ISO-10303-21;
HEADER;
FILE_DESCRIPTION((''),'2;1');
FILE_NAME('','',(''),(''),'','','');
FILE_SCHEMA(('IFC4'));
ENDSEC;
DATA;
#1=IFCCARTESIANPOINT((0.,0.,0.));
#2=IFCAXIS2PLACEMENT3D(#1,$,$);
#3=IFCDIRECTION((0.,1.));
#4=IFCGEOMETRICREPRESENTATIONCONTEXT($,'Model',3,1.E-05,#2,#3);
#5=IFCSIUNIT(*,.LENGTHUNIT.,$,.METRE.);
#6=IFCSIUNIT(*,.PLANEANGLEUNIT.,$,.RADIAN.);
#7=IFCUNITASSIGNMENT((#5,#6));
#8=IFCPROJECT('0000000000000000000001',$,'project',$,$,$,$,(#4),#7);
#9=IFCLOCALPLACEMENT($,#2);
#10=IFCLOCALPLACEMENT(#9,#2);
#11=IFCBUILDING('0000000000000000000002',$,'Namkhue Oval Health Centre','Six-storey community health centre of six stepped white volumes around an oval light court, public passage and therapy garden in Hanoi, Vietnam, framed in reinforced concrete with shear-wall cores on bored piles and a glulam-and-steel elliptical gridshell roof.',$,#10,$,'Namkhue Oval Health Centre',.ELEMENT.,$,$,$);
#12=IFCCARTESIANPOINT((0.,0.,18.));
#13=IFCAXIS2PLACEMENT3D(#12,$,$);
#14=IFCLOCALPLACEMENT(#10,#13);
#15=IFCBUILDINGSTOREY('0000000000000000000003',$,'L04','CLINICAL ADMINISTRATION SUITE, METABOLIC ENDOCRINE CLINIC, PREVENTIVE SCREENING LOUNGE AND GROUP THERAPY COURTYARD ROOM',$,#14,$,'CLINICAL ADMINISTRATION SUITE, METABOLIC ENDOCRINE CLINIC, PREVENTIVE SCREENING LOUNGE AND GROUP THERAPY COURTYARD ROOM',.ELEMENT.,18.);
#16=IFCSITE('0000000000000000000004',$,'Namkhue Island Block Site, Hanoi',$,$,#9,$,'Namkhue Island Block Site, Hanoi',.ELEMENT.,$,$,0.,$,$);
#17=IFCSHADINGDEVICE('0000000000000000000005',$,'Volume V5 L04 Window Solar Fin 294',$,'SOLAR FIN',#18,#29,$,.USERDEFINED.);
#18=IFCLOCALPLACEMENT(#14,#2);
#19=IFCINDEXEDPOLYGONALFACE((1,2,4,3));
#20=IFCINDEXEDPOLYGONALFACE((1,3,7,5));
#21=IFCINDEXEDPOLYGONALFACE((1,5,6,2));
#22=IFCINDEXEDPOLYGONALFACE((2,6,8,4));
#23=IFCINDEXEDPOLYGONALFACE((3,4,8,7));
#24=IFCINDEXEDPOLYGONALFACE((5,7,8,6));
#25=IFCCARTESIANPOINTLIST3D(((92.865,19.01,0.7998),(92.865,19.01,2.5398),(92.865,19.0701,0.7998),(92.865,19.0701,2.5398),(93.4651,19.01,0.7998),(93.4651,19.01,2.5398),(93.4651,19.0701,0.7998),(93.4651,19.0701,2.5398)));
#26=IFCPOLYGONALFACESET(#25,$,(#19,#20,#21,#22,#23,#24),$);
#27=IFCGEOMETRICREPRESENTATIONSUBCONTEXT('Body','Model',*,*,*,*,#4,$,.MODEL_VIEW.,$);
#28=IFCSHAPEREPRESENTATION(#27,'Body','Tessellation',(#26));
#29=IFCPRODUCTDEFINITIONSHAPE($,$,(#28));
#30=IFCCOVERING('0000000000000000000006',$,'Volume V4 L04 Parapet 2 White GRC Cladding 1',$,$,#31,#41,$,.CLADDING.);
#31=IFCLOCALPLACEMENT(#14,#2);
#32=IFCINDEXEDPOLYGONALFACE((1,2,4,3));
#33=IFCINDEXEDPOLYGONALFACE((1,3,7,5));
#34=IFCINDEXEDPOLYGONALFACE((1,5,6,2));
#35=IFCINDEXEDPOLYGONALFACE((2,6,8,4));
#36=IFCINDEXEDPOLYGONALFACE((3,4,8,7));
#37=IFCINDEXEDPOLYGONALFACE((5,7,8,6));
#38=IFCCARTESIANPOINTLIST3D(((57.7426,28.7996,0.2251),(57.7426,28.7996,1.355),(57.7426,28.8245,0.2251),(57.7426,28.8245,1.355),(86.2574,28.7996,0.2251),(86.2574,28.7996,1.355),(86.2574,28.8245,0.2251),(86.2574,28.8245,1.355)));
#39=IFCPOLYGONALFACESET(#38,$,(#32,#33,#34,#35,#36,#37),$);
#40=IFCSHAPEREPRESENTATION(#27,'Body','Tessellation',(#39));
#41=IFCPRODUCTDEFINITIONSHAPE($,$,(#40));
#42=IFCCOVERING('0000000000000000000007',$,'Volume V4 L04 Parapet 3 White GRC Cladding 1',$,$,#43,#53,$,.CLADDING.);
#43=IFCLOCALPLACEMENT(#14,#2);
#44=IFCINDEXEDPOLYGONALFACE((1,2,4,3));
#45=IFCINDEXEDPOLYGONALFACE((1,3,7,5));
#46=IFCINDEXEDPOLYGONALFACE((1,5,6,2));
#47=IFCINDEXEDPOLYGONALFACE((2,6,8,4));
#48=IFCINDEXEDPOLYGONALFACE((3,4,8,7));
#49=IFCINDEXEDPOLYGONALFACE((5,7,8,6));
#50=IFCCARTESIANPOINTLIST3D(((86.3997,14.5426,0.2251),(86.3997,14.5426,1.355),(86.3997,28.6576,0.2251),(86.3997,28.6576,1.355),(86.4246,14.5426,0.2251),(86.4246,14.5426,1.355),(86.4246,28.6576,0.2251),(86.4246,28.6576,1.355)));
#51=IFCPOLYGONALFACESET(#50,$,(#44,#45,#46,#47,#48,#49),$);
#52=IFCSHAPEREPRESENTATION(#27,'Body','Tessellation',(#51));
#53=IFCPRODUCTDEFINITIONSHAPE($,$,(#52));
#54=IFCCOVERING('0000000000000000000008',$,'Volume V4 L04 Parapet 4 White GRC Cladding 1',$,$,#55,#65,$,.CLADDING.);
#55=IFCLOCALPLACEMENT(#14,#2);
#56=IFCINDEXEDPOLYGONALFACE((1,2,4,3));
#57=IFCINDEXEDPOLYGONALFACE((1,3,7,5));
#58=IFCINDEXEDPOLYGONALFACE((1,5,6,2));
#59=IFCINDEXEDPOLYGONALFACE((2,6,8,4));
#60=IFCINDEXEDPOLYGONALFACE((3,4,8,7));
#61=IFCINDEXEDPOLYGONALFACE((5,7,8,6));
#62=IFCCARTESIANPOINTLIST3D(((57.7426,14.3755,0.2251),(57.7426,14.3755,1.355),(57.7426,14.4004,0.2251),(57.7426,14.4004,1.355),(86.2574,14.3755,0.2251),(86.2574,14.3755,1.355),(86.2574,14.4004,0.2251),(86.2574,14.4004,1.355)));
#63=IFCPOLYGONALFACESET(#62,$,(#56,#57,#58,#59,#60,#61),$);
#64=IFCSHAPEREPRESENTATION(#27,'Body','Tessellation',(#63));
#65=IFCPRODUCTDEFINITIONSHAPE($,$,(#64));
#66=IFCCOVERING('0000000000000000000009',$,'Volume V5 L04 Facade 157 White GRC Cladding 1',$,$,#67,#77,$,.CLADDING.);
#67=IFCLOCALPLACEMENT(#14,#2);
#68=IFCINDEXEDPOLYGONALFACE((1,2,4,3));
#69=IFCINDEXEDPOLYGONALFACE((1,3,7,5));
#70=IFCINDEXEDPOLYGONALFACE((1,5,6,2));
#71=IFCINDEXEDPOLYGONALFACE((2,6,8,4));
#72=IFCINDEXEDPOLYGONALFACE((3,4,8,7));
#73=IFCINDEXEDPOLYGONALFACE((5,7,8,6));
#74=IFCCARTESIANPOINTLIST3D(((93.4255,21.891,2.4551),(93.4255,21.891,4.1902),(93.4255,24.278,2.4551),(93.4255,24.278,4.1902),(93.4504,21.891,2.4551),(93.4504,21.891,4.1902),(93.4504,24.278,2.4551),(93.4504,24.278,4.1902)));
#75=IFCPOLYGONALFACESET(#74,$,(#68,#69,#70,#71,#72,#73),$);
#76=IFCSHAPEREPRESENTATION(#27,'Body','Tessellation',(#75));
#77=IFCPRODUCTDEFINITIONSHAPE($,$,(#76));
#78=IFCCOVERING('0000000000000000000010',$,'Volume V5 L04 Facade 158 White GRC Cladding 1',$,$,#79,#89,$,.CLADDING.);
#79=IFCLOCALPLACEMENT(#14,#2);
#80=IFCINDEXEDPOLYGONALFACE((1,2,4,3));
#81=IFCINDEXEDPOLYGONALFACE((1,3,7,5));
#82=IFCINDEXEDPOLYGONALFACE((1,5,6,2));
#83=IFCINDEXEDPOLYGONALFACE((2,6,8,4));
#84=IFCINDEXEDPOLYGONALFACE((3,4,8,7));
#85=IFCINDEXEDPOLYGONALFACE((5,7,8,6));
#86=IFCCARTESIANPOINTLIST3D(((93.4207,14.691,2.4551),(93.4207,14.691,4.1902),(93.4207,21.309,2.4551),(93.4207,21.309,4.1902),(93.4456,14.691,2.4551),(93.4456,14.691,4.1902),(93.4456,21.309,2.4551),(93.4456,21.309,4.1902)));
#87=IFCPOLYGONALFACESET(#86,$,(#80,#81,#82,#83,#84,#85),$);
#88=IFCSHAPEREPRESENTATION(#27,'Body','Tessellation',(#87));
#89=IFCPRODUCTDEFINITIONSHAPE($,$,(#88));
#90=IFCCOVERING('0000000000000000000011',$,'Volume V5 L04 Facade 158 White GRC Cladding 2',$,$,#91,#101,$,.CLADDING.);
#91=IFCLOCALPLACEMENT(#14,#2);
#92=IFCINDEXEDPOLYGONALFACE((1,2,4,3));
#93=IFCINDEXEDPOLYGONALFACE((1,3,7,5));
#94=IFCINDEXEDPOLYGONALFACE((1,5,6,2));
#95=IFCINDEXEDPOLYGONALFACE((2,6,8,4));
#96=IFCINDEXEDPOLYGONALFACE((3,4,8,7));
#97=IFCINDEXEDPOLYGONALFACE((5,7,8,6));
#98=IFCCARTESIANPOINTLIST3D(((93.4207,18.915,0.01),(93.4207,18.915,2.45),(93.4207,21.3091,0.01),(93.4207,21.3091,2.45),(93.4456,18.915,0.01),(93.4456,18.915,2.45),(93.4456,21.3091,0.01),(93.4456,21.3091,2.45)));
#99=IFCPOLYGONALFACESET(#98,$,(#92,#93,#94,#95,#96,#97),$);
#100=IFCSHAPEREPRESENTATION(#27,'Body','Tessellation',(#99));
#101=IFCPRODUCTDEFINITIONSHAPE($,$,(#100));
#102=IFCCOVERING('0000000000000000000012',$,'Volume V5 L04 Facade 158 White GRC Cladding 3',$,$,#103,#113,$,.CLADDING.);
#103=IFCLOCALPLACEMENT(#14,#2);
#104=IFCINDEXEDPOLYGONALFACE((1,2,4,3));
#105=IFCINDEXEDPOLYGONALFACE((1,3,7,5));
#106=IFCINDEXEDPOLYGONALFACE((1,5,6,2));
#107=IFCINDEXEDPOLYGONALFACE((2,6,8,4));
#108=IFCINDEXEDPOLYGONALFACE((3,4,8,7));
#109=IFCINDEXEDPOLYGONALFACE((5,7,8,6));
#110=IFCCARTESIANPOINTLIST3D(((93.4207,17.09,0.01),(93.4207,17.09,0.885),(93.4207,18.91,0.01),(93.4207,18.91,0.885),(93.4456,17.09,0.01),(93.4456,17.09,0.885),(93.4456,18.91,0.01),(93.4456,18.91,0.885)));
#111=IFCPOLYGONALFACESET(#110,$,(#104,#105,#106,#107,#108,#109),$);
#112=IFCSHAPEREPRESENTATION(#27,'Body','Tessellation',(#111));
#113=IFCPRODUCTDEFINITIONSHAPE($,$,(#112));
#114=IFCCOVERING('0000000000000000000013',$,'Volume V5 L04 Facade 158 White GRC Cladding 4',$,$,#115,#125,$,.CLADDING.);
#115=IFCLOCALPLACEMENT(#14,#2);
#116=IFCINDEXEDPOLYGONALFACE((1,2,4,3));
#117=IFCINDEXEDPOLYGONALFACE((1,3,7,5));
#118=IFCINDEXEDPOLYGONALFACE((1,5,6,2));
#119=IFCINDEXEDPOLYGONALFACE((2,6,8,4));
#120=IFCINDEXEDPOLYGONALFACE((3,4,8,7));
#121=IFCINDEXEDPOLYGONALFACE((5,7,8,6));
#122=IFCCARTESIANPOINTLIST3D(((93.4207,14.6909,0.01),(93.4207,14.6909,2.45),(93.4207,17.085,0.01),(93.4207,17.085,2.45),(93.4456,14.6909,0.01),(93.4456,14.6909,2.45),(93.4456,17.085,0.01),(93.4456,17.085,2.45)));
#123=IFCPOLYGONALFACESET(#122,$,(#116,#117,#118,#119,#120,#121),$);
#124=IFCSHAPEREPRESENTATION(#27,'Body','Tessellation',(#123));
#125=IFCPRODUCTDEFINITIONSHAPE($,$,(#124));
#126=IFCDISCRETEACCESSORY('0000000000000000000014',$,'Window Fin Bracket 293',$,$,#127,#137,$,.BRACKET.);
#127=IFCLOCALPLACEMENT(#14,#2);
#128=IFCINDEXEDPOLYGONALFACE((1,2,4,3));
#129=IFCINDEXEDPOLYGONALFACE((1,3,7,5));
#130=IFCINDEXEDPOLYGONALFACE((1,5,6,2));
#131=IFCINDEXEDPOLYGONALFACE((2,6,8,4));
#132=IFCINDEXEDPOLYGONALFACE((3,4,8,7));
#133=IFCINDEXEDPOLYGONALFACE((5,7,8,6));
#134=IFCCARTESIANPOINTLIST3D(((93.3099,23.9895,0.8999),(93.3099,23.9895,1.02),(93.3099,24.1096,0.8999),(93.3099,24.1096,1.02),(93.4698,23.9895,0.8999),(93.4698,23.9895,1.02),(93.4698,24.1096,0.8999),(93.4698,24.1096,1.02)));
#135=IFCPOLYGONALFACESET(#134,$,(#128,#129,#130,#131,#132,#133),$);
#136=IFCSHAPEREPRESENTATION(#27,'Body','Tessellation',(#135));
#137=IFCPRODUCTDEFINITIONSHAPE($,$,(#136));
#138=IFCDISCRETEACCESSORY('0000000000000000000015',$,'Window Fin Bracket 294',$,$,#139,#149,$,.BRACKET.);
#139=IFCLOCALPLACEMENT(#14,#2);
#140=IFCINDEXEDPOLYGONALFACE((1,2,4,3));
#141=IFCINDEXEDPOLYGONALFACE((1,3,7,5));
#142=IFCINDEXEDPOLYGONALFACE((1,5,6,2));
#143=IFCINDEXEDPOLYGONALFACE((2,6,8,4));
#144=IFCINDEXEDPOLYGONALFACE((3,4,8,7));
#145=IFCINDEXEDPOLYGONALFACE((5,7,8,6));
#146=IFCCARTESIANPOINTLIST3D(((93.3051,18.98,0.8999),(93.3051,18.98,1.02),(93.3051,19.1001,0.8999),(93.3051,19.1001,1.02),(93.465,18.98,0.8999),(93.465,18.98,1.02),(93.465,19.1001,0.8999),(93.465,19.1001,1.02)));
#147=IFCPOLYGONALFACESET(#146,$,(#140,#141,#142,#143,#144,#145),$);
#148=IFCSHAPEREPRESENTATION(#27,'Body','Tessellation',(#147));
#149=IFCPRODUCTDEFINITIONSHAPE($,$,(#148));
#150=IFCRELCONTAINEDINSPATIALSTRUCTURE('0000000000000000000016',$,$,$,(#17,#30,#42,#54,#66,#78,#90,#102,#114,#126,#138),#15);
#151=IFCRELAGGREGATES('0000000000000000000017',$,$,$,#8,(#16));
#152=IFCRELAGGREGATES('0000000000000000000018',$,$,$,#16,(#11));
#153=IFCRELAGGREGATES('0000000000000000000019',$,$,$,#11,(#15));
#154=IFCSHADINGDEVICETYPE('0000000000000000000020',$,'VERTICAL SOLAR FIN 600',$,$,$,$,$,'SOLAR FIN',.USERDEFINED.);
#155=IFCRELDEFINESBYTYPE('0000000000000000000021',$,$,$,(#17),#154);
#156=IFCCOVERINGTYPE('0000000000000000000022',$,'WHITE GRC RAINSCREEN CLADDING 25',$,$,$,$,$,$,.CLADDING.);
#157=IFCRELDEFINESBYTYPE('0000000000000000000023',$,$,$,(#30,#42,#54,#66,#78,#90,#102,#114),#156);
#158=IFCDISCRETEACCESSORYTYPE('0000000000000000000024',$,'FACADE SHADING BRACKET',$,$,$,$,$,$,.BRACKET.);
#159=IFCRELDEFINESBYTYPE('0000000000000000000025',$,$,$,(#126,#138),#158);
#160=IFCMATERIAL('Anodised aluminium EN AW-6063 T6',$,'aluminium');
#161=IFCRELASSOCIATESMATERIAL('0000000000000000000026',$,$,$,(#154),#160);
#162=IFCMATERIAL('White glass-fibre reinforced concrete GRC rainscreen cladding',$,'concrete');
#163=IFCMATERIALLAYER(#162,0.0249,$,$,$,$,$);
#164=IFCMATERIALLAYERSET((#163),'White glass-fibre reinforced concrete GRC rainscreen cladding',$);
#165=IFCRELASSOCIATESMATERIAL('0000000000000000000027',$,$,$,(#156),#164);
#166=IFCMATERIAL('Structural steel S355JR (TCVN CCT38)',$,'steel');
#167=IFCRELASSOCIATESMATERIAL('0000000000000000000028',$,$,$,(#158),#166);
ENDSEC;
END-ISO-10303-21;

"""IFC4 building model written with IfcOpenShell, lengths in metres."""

from ifc_helpers import new_model, si_unit, direction, frame, origin, origin_2d, place, context, subcontext, project, spatial, rectangle, extrude, material, layer, layer_set, type_object, element, save


model = new_model("IFC4")

# Units and contexts
model_context = context("Model", 3, precision=1e-05, world=origin(), true_north=direction((0.0, 1.0)))
body_context = subcontext(model_context, "Body", "Model", "MODEL_VIEW")
ifc_project = project(units=[si_unit("LENGTHUNIT", "METRE"), si_unit("PLANEANGLEUNIT", "RADIAN")], contexts=[model_context])

# Site, building, storey
site_placement = place(None, origin())
site = spatial("IfcSite", under=ifc_project, at=site_placement, Name="Namkhue Island Block Site, Hanoi", LongName="Namkhue Island Block Site, Hanoi", CompositionType="ELEMENT", RefElevation=0.0)
building_placement = place(site_placement, origin())
building = spatial("IfcBuilding", under=site, at=building_placement, Name="Namkhue Oval Health Centre", Description="Six-storey community health centre of six stepped white volumes around an oval light court, public passage and therapy garden in Hanoi, Vietnam, framed in reinforced concrete with shear-wall cores on bored piles and a glulam-and-steel elliptical gridshell roof.", LongName="Namkhue Oval Health Centre", CompositionType="ELEMENT")
storey_placement = place(building_placement, frame((0.0, 0.0, 18.0)))
storey = spatial("IfcBuildingStorey", under=building, at=storey_placement, Name="L04", Description="CLINICAL ADMINISTRATION SUITE, METABOLIC ENDOCRINE CLINIC, PREVENTIVE SCREENING LOUNGE AND GROUP THERAPY COURTYARD ROOM", LongName="CLINICAL ADMINISTRATION SUITE, METABOLIC ENDOCRINE CLINIC, PREVENTIVE SCREENING LOUNGE AND GROUP THERAPY COURTYARD ROOM", CompositionType="ELEMENT", Elevation=18.0)

# Shading device
ifc_material_1 = material(Name="Anodised aluminium EN AW-6063 T6", Category="aluminium")
shading_device_type = type_object("IfcShadingDeviceType", Name="VERTICAL SOLAR FIN 600", ElementType="SOLAR FIN", PredefinedType="USERDEFINED", material=ifc_material_1)
for number, where, z_axis, x_axis, name in (
    (1, (93.165, 19.04, 0.7998), (0.0, 0.0, 1.0), (-1.0, 0.0, 0.0), "Volume V5 L04 Window Solar Fin 294"),
):
    element("IfcShadingDevice", number, at=place(storey_placement, frame(where, z_axis=z_axis, x_axis=x_axis)), inside=storey, type_object=shading_device_type, Name=name, ObjectType="SOLAR FIN", PredefinedType="USERDEFINED", context=body_context, shape_type="SweptSolid", body=[
        extrude(rectangle(XDim=0.6001, YDim=0.0601, at=origin_2d()), origin(), (0.0, 0.0, 1.0), 1.74),
    ])

# Coverings
ifc_material_2 = material(Name="White glass-fibre reinforced concrete GRC rainscreen cladding", Category="concrete")
ifc_layer_1 = layer(ifc_material_2, 0.0249)
ifc_layer_set_1 = layer_set([ifc_layer_1], Name="White glass-fibre reinforced concrete GRC rainscreen cladding")
covering_type = type_object("IfcCoveringType", Name="WHITE GRC RAINSCREEN CLADDING 25", PredefinedType="CLADDING", material=ifc_layer_set_1)
covering_1_placement = place(storey_placement, frame((72.0, 28.812, 0.2251), z_axis=(0.0, 0.0, 1.0), x_axis=(1.0, 0.0, 0.0)))
element("IfcCovering", 2, at=covering_1_placement, inside=storey, type_object=covering_type, Name="Volume V4 L04 Parapet 2 White GRC Cladding 1", PredefinedType="CLADDING", context=body_context, shape_type="SweptSolid", body=[
    extrude(rectangle(XDim=28.5149, YDim=0.0249, at=origin_2d()), origin(), (0.0, 0.0, 1.0), 1.1299),
])
covering_2_placement = place(storey_placement, frame((86.4121, 21.6001, 0.2251), z_axis=(0.0, 0.0, 1.0), x_axis=(0.0, -1.0, 0.0)))
element("IfcCovering", 3, at=covering_2_placement, inside=storey, type_object=covering_type, Name="Volume V4 L04 Parapet 3 White GRC Cladding 1", PredefinedType="CLADDING", context=body_context, shape_type="SweptSolid", body=[
    extrude(rectangle(XDim=14.115, YDim=0.0249, at=origin_2d()), origin(), (0.0, 0.0, 1.0), 1.1299),
])
covering_3_placement = place(storey_placement, frame((72.0, 14.3879, 0.2251), z_axis=(0.0, 0.0, 1.0), x_axis=(-1.0, 0.0, 0.0)))
element("IfcCovering", 4, at=covering_3_placement, inside=storey, type_object=covering_type, Name="Volume V4 L04 Parapet 4 White GRC Cladding 1", PredefinedType="CLADDING", context=body_context, shape_type="SweptSolid", body=[
    extrude(rectangle(XDim=28.5149, YDim=0.0249, at=origin_2d()), origin(), (0.0, 0.0, 1.0), 1.1299),
])
covering_4_placement = place(storey_placement, frame((93.438, 23.0845, 2.4551), z_axis=(0.0, 0.0, 1.0), x_axis=(0.0, -1.0, 0.0)))
element("IfcCovering", 5, at=covering_4_placement, inside=storey, type_object=covering_type, Name="Volume V5 L04 Facade 157 White GRC Cladding 1", PredefinedType="CLADDING", context=body_context, shape_type="SweptSolid", body=[
    extrude(rectangle(XDim=2.387, YDim=0.0249, at=origin_2d()), origin(), (0.0, 0.0, 1.0), 1.7351),
])
covering_5_placement = place(storey_placement, frame((93.4331, 18.0, 2.4551), z_axis=(0.0, 0.0, 1.0), x_axis=(0.0, -1.0, 0.0)))
element("IfcCovering", 6, at=covering_5_placement, inside=storey, type_object=covering_type, Name="Volume V5 L04 Facade 158 White GRC Cladding 1", PredefinedType="CLADDING", context=body_context, shape_type="SweptSolid", body=[
    extrude(rectangle(XDim=6.6179, YDim=0.0249, at=origin_2d()), origin(), (0.0, 0.0, 1.0), 1.7351),
])
covering_6_placement = place(storey_placement, frame((93.4331, 20.1121, 0.01), z_axis=(0.0, 0.0, 1.0), x_axis=(0.0, -1.0, 0.0)))
element("IfcCovering", 7, at=covering_6_placement, inside=storey, type_object=covering_type, Name="Volume V5 L04 Facade 158 White GRC Cladding 2", PredefinedType="CLADDING", context=body_context, shape_type="SweptSolid", body=[
    extrude(rectangle(XDim=2.394, YDim=0.0249, at=origin_2d()), origin(), (0.0, 0.0, 1.0), 2.4399),
])
covering_7_placement = place(storey_placement, frame((93.4331, 18.0, 0.01), z_axis=(0.0, 0.0, 1.0), x_axis=(0.0, -1.0, 0.0)))
element("IfcCovering", 8, at=covering_7_placement, inside=storey, type_object=covering_type, Name="Volume V5 L04 Facade 158 White GRC Cladding 3", PredefinedType="CLADDING", context=body_context, shape_type="SweptSolid", body=[
    extrude(rectangle(XDim=1.8201, YDim=0.0249, at=origin_2d()), origin(), (0.0, 0.0, 1.0), 0.875),
])
covering_8_placement = place(storey_placement, frame((93.4331, 15.8879, 0.01), z_axis=(0.0, 0.0, 1.0), x_axis=(0.0, -1.0, 0.0)))
element("IfcCovering", 9, at=covering_8_placement, inside=storey, type_object=covering_type, Name="Volume V5 L04 Facade 158 White GRC Cladding 4", PredefinedType="CLADDING", context=body_context, shape_type="SweptSolid", body=[
    extrude(rectangle(XDim=2.394, YDim=0.0249, at=origin_2d()), origin(), (0.0, 0.0, 1.0), 2.4399),
])

# Discrete accessories
ifc_material_3 = material(Name="Structural steel S355JR (TCVN CCT38)", Category="steel")
discrete_accessory_type = type_object("IfcDiscreteAccessoryType", Name="FACADE SHADING BRACKET", PredefinedType="BRACKET", material=ifc_material_3)
for number, where, z_axis, x_axis, name in (
    (10, (93.3899, 24.0496, 0.8999), (0.0, 0.0, 1.0), (-1.0, 0.0, 0.0), "Window Fin Bracket 293"),
    (11, (93.385, 19.04, 0.8999), (0.0, 0.0, 1.0), (-1.0, 0.0, 0.0), "Window Fin Bracket 294"),
):
    element("IfcDiscreteAccessory", number, at=place(storey_placement, frame(where, z_axis=z_axis, x_axis=x_axis)), inside=storey, type_object=discrete_accessory_type, Name=name, PredefinedType="BRACKET", context=body_context, shape_type="SweptSolid", body=[
        extrude(rectangle(XDim=0.1599, YDim=0.1201, at=origin_2d()), origin(), (0.0, 0.0, 1.0), 0.1201),
    ])

save(model, "model.ifc")
